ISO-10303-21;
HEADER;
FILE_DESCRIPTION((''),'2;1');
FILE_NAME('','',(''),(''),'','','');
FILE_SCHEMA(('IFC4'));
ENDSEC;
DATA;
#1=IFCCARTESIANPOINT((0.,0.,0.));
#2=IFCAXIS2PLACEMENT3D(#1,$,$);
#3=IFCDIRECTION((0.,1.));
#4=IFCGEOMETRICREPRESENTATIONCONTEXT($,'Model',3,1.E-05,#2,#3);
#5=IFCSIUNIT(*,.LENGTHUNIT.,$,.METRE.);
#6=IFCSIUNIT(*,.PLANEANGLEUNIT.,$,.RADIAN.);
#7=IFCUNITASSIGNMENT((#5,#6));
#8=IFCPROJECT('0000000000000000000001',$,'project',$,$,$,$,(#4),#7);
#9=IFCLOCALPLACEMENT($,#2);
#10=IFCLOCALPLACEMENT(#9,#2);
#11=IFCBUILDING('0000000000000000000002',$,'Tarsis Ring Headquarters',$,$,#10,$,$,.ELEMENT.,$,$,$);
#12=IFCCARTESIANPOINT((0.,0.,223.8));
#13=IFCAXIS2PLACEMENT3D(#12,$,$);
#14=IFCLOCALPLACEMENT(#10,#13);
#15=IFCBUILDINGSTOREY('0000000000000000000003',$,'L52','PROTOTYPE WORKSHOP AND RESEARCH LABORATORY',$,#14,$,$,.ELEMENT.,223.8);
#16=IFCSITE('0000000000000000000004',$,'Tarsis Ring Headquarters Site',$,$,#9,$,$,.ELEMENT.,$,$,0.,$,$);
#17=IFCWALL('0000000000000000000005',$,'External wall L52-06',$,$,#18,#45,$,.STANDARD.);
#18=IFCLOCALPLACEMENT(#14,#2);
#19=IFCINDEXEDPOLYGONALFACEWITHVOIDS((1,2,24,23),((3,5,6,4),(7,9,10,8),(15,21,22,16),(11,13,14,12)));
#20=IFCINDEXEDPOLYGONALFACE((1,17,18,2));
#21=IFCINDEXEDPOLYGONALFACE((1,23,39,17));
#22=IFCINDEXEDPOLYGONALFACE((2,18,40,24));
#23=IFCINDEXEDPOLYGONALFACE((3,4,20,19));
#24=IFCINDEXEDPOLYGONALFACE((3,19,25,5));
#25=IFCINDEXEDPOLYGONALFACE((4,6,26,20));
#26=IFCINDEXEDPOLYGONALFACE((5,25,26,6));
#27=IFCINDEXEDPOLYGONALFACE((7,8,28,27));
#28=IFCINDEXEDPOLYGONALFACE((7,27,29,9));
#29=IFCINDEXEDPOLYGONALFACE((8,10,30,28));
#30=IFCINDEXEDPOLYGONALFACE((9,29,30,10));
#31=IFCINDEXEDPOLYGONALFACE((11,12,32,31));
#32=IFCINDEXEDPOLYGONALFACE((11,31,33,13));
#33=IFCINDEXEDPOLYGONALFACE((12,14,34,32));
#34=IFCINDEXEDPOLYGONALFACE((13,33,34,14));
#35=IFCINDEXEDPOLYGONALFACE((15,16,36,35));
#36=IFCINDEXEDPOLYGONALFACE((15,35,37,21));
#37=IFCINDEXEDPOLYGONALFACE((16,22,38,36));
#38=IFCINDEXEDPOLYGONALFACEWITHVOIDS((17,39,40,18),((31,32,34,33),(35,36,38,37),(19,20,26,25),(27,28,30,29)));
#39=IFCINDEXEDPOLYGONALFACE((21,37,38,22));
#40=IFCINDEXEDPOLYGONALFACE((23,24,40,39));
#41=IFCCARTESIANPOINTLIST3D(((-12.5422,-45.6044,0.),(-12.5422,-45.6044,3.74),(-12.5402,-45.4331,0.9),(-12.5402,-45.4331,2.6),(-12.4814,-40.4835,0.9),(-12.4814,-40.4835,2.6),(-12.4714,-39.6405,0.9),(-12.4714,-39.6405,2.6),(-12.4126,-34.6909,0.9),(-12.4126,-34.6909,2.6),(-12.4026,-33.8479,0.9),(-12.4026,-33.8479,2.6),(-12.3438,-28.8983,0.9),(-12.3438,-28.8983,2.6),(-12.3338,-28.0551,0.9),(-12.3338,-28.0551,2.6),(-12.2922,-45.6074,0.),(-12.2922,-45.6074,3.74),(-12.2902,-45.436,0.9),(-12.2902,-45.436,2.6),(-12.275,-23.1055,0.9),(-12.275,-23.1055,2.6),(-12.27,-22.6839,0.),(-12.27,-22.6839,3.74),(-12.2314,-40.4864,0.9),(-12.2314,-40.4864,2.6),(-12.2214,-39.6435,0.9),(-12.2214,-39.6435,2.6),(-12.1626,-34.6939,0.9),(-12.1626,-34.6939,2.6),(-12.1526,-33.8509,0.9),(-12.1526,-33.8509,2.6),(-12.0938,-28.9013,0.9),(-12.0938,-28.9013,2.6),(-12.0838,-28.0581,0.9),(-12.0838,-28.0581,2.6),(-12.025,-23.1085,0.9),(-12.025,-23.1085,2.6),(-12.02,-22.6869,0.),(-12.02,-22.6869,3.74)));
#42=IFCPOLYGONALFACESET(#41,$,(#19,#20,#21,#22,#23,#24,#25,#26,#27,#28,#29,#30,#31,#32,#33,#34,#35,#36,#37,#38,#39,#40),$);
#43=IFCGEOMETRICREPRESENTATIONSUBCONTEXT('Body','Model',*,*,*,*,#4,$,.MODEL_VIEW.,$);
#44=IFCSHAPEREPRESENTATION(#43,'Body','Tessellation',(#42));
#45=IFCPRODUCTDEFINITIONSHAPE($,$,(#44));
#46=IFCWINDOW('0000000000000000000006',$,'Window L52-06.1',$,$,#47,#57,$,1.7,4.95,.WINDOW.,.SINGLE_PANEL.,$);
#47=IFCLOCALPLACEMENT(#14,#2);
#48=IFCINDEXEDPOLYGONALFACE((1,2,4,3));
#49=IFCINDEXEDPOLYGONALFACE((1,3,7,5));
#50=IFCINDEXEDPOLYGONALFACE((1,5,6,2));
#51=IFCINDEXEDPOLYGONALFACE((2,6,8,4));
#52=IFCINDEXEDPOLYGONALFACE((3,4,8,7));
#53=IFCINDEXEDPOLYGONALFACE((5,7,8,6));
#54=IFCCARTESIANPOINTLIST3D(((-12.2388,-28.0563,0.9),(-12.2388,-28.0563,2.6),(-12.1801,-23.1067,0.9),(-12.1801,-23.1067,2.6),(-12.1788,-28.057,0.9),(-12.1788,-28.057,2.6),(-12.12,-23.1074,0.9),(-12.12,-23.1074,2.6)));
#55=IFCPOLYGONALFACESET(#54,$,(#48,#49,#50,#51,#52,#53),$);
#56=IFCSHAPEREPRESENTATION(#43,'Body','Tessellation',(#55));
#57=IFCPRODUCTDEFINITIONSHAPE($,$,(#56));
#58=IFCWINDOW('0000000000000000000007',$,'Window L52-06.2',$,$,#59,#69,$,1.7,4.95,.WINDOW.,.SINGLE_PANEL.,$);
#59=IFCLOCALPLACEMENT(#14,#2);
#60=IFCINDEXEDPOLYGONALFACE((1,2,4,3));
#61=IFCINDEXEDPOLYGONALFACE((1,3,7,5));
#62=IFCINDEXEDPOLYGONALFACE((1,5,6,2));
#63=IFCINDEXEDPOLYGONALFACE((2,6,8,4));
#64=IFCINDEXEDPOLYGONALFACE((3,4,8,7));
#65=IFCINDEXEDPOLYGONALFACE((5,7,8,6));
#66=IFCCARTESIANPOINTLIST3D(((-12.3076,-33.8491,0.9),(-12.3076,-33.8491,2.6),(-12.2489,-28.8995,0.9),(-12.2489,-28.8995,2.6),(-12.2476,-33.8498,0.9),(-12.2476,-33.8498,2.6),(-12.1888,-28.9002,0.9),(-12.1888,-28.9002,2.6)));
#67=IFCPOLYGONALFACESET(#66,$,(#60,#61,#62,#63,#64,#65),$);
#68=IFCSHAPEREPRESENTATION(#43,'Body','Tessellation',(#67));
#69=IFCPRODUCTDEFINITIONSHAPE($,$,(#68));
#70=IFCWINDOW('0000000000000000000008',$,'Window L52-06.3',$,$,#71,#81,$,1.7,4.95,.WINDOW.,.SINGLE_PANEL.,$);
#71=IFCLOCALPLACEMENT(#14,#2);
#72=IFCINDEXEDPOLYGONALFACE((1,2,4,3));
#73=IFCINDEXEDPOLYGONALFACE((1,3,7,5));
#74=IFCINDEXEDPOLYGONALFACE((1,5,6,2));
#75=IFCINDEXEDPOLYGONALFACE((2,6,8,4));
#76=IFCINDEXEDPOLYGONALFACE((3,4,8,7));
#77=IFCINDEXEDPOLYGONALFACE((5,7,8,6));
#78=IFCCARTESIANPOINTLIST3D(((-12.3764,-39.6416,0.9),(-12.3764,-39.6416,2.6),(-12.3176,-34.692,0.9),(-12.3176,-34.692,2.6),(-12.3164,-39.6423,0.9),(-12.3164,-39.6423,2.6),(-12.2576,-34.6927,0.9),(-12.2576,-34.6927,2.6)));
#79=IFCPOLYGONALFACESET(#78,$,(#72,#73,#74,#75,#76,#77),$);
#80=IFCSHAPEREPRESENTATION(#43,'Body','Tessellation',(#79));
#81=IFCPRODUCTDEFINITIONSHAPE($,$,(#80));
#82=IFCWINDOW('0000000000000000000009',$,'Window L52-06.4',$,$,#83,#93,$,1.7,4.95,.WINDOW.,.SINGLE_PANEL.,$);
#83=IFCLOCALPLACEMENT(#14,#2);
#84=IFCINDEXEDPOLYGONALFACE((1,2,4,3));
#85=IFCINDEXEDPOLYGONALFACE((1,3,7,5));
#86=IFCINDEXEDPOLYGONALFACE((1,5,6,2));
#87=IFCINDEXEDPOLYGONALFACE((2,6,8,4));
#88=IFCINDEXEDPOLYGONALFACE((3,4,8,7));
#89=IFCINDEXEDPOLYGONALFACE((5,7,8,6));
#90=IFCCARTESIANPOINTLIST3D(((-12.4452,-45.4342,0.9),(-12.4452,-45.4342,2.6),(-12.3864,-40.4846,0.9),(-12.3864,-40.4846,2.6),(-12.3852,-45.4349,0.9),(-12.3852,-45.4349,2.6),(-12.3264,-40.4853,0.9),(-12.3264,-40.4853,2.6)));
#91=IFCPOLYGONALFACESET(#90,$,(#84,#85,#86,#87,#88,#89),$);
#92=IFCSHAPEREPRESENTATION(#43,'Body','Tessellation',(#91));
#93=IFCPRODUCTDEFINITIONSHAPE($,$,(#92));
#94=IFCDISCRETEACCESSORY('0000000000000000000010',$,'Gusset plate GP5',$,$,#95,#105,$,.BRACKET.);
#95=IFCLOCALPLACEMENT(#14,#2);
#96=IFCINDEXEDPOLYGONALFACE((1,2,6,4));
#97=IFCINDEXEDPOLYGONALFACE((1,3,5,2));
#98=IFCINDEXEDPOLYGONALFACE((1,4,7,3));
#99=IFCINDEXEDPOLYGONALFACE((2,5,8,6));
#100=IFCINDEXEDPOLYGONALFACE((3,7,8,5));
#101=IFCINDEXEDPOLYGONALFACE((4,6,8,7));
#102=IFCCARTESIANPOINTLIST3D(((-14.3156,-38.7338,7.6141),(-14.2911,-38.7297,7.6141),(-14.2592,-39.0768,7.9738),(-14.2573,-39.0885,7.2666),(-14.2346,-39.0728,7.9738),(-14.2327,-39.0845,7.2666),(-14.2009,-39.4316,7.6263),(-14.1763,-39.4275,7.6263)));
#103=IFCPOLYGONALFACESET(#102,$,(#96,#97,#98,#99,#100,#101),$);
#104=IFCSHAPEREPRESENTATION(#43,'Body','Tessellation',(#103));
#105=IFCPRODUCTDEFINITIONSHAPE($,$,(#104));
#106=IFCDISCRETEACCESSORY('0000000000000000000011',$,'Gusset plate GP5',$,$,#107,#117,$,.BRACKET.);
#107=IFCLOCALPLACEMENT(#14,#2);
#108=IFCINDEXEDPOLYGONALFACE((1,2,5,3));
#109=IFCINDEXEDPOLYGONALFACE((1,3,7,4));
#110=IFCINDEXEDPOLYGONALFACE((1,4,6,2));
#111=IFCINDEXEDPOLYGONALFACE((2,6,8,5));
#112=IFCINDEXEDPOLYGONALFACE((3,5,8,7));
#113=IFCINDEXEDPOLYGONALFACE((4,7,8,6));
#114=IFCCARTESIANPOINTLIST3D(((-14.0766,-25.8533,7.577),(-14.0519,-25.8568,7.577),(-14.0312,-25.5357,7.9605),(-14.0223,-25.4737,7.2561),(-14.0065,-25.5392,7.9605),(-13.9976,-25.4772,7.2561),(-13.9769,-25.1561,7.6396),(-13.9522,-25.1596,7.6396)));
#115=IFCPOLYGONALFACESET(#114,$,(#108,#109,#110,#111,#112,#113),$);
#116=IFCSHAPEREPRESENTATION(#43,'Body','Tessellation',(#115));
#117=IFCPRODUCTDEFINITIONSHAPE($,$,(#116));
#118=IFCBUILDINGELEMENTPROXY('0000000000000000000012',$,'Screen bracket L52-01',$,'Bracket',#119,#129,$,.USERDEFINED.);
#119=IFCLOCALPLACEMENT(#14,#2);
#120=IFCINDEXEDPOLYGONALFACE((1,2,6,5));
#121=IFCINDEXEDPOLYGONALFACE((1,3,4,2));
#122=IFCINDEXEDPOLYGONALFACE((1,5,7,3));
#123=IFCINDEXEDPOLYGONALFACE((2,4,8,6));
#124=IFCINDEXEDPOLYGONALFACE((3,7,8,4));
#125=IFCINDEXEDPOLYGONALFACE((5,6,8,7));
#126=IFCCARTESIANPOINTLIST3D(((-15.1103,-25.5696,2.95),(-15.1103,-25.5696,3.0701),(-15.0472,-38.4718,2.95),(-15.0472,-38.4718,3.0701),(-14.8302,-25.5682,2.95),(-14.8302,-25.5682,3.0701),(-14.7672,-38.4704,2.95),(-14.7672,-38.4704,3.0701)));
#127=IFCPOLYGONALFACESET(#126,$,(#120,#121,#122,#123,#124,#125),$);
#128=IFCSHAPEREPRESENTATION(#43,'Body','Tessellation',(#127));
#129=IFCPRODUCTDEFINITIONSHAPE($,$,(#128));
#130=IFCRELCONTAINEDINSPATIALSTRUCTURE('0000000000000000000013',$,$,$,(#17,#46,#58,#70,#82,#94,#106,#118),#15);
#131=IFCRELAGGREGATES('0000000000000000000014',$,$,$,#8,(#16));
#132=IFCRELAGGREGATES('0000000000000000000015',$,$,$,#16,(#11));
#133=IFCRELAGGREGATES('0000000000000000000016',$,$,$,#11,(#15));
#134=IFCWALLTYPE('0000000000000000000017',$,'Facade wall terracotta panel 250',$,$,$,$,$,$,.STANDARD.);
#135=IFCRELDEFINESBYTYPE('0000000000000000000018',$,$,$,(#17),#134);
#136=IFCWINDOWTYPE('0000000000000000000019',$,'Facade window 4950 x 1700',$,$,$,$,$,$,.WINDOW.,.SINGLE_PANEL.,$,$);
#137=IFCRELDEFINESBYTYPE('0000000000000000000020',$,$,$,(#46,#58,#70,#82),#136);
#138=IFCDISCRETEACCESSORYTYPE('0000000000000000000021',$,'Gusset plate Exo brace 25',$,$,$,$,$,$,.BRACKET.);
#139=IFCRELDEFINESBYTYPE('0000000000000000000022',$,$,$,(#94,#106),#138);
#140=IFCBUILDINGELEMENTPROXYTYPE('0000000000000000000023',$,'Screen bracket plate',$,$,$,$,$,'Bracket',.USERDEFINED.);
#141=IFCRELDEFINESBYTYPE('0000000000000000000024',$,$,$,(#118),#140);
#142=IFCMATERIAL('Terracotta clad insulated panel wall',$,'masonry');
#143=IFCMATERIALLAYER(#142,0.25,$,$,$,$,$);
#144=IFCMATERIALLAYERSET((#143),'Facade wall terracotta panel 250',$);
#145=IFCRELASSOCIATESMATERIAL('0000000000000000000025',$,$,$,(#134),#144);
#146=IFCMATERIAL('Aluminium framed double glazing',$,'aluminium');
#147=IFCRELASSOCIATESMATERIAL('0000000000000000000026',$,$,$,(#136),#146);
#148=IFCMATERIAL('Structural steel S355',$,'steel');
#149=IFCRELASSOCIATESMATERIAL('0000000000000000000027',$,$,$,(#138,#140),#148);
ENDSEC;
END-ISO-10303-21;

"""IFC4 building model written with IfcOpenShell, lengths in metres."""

from ifc_helpers import new_model, si_unit, direction, frame, frame_2d, origin, origin_2d, place, context, subcontext, project, spatial, rectangle, extrude, material, layer, layer_set, material_profile, profile_set, type_object, element, fill, save


model = new_model("IFC4")

# Units and contexts
model_context = context("Model", 3, precision=1e-05, world=origin(), true_north=direction((0.0, 1.0)))
body_context = subcontext(model_context, "Body", "Model", "MODEL_VIEW")
ifc_project = project(units=[si_unit("LENGTHUNIT", "METRE"), si_unit("PLANEANGLEUNIT", "RADIAN")], contexts=[model_context])

# Site, building, storey
site_placement = place(None, origin())
site = spatial("IfcSite", under=ifc_project, at=site_placement, Name="Tarsis Ring Headquarters Site", CompositionType="ELEMENT", RefElevation=0.0)
building_placement = place(site_placement, origin())
building = spatial("IfcBuilding", under=site, at=building_placement, Name="Tarsis Ring Headquarters", CompositionType="ELEMENT")
storey_placement = place(building_placement, frame((0.0, 0.0, 223.8)))
storey = spatial("IfcBuildingStorey", under=building, at=storey_placement, Name="L52", Description="PROTOTYPE WORKSHOP AND RESEARCH LABORATORY", CompositionType="ELEMENT", Elevation=223.8)

# Shared definitions
ifc_material_1 = material(Name="Structural steel S355", Category="steel")

# Wall, openings, windows
ifc_material_2 = material(Name="Terracotta clad insulated panel wall", Category="masonry")
ifc_layer_1 = layer(ifc_material_2, 0.25)
ifc_layer_set_1 = layer_set([ifc_layer_1], Name="Facade wall terracotta panel 250")
wall_type_1 = type_object("IfcWallType", Name="Facade wall terracotta panel 250", PredefinedType="STANDARD", material=ifc_layer_set_1)
wall_1_placement = place(storey_placement, frame((-12.145, -22.6855, 0.0), z_axis=(0.0, 0.0, 1.0), x_axis=(-0.011876, -0.999929, 0.0)))
wall_1 = element("IfcWall", 1, at=wall_1_placement, inside=storey, type_object=wall_type_1, Name="External wall L52-06", PredefinedType="STANDARD", context=body_context, shape_type="SweptSolid", body=[
    extrude(rectangle(XDim=22.9221, YDim=0.25, at=frame_2d((11.4609, 0.0))), origin(), (0.0, 0.0, 1.0), 3.74),
])
opening_1_placement = place(wall_1_placement, frame((0.4214, 0.0, 0.8999)))
opening_1 = element("IfcOpeningElement", 2, at=opening_1_placement, cuts=wall_1, PredefinedType="OPENING", context=body_context, shape_type="SweptSolid", body=[
    extrude(rectangle(XDim=4.95, YDim=1.7, at=frame_2d((2.4751, 0.8501))), frame((0.0, 0.135, 0.0), z_axis=(0.0, -1.0, 0.0), x_axis=(1.0, 0.0, 0.0)), (0.0, 0.0, 1.0), 0.27),
])
opening_2_placement = place(wall_1_placement, frame((6.2146, 0.0, 0.8999)))
opening_2 = element("IfcOpeningElement", 3, at=opening_2_placement, cuts=wall_1, PredefinedType="OPENING", context=body_context, shape_type="SweptSolid", body=[
    extrude(rectangle(XDim=4.95, YDim=1.7, at=frame_2d((2.4751, 0.8501))), frame((0.0, 0.135, 0.0), z_axis=(0.0, -1.0, 0.0), x_axis=(1.0, 0.0, 0.0)), (0.0, 0.0, 1.0), 0.27),
])
opening_3_placement = place(wall_1_placement, frame((12.0076, 0.0, 0.8999)))
opening_3 = element("IfcOpeningElement", 4, at=opening_3_placement, cuts=wall_1, PredefinedType="OPENING", context=body_context, shape_type="SweptSolid", body=[
    extrude(rectangle(XDim=4.95, YDim=1.7, at=frame_2d((2.4751, 0.8501))), frame((0.0, 0.135, 0.0), z_axis=(0.0, -1.0, 0.0), x_axis=(1.0, 0.0, 0.0)), (0.0, 0.0, 1.0), 0.27),
])
opening_4_placement = place(wall_1_placement, frame((17.8005, 0.0, 0.8999)))
opening_4 = element("IfcOpeningElement", 5, at=opening_4_placement, cuts=wall_1, PredefinedType="OPENING", context=body_context, shape_type="SweptSolid", body=[
    extrude(rectangle(XDim=4.95, YDim=1.7, at=frame_2d((2.4751, 0.8501))), frame((0.0, 0.135, 0.0), z_axis=(0.0, -1.0, 0.0), x_axis=(1.0, 0.0, 0.0)), (0.0, 0.0, 1.0), 0.27),
])
ifc_material_3 = material(Name="Aluminium framed double glazing", Category="aluminium")
window_type = type_object("IfcWindowType", Name="Facade window 4950 x 1700", PartitioningType="SINGLE_PANEL", PredefinedType="WINDOW", material=ifc_material_3)
window_1_placement = place(opening_1_placement, origin())
window_1 = element("IfcWindow", 6, at=window_1_placement, inside=storey, type_object=window_type, Name="Window L52-06.1", OverallHeight=1.7, OverallWidth=4.95, PartitioningType="SINGLE_PANEL", PredefinedType="WINDOW", context=body_context, shape_type="SweptSolid", body=[
    extrude(rectangle(XDim=4.95, YDim=1.7, at=frame_2d((2.4751, 0.8501))), frame((0.0, 0.03, 0.0), z_axis=(0.0, -1.0, 0.0), x_axis=(1.0, 0.0, 0.0)), (0.0, 0.0, 1.0), 0.0601),
])
fill(opening_1, window_1)
window_2_placement = place(opening_2_placement, origin())
window_2 = element("IfcWindow", 7, at=window_2_placement, inside=storey, type_object=window_type, Name="Window L52-06.2", OverallHeight=1.7, OverallWidth=4.95, PartitioningType="SINGLE_PANEL", PredefinedType="WINDOW", context=body_context, shape_type="SweptSolid", body=[
    extrude(rectangle(XDim=4.95, YDim=1.7, at=frame_2d((2.4751, 0.8501))), frame((0.0, 0.03, 0.0), z_axis=(0.0, -1.0, 0.0), x_axis=(1.0, 0.0, 0.0)), (0.0, 0.0, 1.0), 0.0601),
])
fill(opening_2, window_2)
window_3_placement = place(opening_3_placement, origin())
window_3 = element("IfcWindow", 8, at=window_3_placement, inside=storey, type_object=window_type, Name="Window L52-06.3", OverallHeight=1.7, OverallWidth=4.95, PartitioningType="SINGLE_PANEL", PredefinedType="WINDOW", context=body_context, shape_type="SweptSolid", body=[
    extrude(rectangle(XDim=4.95, YDim=1.7, at=frame_2d((2.4751, 0.8501))), frame((0.0, 0.03, 0.0), z_axis=(0.0, -1.0, 0.0), x_axis=(1.0, 0.0, 0.0)), (0.0, 0.0, 1.0), 0.0601),
])
fill(opening_3, window_3)
window_4_placement = place(opening_4_placement, origin())
window_4 = element("IfcWindow", 9, at=window_4_placement, inside=storey, type_object=window_type, Name="Window L52-06.4", OverallHeight=1.7, OverallWidth=4.95, PartitioningType="SINGLE_PANEL", PredefinedType="WINDOW", context=body_context, shape_type="SweptSolid", body=[
    extrude(rectangle(XDim=4.95, YDim=1.7, at=frame_2d((2.4751, 0.8501))), frame((0.0, 0.03, 0.0), z_axis=(0.0, -1.0, 0.0), x_axis=(1.0, 0.0, 0.0)), (0.0, 0.0, 1.0), 0.0601),
])
fill(opening_4, window_4)

# Discrete accessories
ifc_material_profile_1 = material_profile(ifc_material_1, rectangle(XDim=0.0249, YDim=0.5, at=origin_2d()), Name="PL 25x500")
ifc_profile_set_1 = profile_set([ifc_material_profile_1], Name="Structural steel S355")
discrete_accessory_type = type_object("IfcDiscreteAccessoryType", Name="Gusset plate Exo brace 25", PredefinedType="BRACKET", material=ifc_profile_set_1)
discrete_accessory_1_placement = place(storey_placement, frame((-14.2178, -39.2522, 7.8), z_axis=(-0.112755, 0.685805, -0.718997), x_axis=(-0.986752, -0.162235, 0.0)))
element("IfcDiscreteAccessory", 10, at=discrete_accessory_1_placement, inside=storey, type_object=discrete_accessory_type, Name="Gusset plate GP5", PredefinedType="BRACKET", context=body_context, shape_type="SweptSolid", body=[
    extrude(rectangle(XDim=0.0249, YDim=0.5, at=origin_2d()), origin(), (0.0, 0.0, 1.0), 0.5002),
])
discrete_accessory_2_placement = place(storey_placement, frame((-13.9917, -25.3477, 7.8), z_axis=(-0.09081, -0.635183, -0.767004), x_axis=(0.989934, -0.141528, 0.0)))
element("IfcDiscreteAccessory", 11, at=discrete_accessory_2_placement, inside=storey, type_object=discrete_accessory_type, Name="Gusset plate GP5", PredefinedType="BRACKET", context=body_context, shape_type="SweptSolid", body=[
    extrude(rectangle(XDim=0.0249, YDim=0.5, at=origin_2d()), origin(), (0.0, 0.0, 1.0), 0.5),
])

# Building element proxy
building_element_proxy_type = type_object("IfcBuildingElementProxyType", Name="Screen bracket plate", ElementType="Bracket", PredefinedType="USERDEFINED", material=ifc_material_1)
proxy_placement = place(storey_placement, frame((-14.9387, -32.02, 2.95), z_axis=(0.0, 0.0, 1.0), x_axis=(0.004887, -0.999988, 0.0)))
element("IfcBuildingElementProxy", 12, at=proxy_placement, inside=storey, type_object=building_element_proxy_type, Name="Screen bracket L52-01", ObjectType="Bracket", PredefinedType="USERDEFINED", context=body_context, shape_type="SweptSolid", body=[
    extrude(rectangle(XDim=12.9023, YDim=0.28, at=origin_2d()), origin(), (0.0, 0.0, 1.0), 0.1201),
])

save(model, "model.ifc")
